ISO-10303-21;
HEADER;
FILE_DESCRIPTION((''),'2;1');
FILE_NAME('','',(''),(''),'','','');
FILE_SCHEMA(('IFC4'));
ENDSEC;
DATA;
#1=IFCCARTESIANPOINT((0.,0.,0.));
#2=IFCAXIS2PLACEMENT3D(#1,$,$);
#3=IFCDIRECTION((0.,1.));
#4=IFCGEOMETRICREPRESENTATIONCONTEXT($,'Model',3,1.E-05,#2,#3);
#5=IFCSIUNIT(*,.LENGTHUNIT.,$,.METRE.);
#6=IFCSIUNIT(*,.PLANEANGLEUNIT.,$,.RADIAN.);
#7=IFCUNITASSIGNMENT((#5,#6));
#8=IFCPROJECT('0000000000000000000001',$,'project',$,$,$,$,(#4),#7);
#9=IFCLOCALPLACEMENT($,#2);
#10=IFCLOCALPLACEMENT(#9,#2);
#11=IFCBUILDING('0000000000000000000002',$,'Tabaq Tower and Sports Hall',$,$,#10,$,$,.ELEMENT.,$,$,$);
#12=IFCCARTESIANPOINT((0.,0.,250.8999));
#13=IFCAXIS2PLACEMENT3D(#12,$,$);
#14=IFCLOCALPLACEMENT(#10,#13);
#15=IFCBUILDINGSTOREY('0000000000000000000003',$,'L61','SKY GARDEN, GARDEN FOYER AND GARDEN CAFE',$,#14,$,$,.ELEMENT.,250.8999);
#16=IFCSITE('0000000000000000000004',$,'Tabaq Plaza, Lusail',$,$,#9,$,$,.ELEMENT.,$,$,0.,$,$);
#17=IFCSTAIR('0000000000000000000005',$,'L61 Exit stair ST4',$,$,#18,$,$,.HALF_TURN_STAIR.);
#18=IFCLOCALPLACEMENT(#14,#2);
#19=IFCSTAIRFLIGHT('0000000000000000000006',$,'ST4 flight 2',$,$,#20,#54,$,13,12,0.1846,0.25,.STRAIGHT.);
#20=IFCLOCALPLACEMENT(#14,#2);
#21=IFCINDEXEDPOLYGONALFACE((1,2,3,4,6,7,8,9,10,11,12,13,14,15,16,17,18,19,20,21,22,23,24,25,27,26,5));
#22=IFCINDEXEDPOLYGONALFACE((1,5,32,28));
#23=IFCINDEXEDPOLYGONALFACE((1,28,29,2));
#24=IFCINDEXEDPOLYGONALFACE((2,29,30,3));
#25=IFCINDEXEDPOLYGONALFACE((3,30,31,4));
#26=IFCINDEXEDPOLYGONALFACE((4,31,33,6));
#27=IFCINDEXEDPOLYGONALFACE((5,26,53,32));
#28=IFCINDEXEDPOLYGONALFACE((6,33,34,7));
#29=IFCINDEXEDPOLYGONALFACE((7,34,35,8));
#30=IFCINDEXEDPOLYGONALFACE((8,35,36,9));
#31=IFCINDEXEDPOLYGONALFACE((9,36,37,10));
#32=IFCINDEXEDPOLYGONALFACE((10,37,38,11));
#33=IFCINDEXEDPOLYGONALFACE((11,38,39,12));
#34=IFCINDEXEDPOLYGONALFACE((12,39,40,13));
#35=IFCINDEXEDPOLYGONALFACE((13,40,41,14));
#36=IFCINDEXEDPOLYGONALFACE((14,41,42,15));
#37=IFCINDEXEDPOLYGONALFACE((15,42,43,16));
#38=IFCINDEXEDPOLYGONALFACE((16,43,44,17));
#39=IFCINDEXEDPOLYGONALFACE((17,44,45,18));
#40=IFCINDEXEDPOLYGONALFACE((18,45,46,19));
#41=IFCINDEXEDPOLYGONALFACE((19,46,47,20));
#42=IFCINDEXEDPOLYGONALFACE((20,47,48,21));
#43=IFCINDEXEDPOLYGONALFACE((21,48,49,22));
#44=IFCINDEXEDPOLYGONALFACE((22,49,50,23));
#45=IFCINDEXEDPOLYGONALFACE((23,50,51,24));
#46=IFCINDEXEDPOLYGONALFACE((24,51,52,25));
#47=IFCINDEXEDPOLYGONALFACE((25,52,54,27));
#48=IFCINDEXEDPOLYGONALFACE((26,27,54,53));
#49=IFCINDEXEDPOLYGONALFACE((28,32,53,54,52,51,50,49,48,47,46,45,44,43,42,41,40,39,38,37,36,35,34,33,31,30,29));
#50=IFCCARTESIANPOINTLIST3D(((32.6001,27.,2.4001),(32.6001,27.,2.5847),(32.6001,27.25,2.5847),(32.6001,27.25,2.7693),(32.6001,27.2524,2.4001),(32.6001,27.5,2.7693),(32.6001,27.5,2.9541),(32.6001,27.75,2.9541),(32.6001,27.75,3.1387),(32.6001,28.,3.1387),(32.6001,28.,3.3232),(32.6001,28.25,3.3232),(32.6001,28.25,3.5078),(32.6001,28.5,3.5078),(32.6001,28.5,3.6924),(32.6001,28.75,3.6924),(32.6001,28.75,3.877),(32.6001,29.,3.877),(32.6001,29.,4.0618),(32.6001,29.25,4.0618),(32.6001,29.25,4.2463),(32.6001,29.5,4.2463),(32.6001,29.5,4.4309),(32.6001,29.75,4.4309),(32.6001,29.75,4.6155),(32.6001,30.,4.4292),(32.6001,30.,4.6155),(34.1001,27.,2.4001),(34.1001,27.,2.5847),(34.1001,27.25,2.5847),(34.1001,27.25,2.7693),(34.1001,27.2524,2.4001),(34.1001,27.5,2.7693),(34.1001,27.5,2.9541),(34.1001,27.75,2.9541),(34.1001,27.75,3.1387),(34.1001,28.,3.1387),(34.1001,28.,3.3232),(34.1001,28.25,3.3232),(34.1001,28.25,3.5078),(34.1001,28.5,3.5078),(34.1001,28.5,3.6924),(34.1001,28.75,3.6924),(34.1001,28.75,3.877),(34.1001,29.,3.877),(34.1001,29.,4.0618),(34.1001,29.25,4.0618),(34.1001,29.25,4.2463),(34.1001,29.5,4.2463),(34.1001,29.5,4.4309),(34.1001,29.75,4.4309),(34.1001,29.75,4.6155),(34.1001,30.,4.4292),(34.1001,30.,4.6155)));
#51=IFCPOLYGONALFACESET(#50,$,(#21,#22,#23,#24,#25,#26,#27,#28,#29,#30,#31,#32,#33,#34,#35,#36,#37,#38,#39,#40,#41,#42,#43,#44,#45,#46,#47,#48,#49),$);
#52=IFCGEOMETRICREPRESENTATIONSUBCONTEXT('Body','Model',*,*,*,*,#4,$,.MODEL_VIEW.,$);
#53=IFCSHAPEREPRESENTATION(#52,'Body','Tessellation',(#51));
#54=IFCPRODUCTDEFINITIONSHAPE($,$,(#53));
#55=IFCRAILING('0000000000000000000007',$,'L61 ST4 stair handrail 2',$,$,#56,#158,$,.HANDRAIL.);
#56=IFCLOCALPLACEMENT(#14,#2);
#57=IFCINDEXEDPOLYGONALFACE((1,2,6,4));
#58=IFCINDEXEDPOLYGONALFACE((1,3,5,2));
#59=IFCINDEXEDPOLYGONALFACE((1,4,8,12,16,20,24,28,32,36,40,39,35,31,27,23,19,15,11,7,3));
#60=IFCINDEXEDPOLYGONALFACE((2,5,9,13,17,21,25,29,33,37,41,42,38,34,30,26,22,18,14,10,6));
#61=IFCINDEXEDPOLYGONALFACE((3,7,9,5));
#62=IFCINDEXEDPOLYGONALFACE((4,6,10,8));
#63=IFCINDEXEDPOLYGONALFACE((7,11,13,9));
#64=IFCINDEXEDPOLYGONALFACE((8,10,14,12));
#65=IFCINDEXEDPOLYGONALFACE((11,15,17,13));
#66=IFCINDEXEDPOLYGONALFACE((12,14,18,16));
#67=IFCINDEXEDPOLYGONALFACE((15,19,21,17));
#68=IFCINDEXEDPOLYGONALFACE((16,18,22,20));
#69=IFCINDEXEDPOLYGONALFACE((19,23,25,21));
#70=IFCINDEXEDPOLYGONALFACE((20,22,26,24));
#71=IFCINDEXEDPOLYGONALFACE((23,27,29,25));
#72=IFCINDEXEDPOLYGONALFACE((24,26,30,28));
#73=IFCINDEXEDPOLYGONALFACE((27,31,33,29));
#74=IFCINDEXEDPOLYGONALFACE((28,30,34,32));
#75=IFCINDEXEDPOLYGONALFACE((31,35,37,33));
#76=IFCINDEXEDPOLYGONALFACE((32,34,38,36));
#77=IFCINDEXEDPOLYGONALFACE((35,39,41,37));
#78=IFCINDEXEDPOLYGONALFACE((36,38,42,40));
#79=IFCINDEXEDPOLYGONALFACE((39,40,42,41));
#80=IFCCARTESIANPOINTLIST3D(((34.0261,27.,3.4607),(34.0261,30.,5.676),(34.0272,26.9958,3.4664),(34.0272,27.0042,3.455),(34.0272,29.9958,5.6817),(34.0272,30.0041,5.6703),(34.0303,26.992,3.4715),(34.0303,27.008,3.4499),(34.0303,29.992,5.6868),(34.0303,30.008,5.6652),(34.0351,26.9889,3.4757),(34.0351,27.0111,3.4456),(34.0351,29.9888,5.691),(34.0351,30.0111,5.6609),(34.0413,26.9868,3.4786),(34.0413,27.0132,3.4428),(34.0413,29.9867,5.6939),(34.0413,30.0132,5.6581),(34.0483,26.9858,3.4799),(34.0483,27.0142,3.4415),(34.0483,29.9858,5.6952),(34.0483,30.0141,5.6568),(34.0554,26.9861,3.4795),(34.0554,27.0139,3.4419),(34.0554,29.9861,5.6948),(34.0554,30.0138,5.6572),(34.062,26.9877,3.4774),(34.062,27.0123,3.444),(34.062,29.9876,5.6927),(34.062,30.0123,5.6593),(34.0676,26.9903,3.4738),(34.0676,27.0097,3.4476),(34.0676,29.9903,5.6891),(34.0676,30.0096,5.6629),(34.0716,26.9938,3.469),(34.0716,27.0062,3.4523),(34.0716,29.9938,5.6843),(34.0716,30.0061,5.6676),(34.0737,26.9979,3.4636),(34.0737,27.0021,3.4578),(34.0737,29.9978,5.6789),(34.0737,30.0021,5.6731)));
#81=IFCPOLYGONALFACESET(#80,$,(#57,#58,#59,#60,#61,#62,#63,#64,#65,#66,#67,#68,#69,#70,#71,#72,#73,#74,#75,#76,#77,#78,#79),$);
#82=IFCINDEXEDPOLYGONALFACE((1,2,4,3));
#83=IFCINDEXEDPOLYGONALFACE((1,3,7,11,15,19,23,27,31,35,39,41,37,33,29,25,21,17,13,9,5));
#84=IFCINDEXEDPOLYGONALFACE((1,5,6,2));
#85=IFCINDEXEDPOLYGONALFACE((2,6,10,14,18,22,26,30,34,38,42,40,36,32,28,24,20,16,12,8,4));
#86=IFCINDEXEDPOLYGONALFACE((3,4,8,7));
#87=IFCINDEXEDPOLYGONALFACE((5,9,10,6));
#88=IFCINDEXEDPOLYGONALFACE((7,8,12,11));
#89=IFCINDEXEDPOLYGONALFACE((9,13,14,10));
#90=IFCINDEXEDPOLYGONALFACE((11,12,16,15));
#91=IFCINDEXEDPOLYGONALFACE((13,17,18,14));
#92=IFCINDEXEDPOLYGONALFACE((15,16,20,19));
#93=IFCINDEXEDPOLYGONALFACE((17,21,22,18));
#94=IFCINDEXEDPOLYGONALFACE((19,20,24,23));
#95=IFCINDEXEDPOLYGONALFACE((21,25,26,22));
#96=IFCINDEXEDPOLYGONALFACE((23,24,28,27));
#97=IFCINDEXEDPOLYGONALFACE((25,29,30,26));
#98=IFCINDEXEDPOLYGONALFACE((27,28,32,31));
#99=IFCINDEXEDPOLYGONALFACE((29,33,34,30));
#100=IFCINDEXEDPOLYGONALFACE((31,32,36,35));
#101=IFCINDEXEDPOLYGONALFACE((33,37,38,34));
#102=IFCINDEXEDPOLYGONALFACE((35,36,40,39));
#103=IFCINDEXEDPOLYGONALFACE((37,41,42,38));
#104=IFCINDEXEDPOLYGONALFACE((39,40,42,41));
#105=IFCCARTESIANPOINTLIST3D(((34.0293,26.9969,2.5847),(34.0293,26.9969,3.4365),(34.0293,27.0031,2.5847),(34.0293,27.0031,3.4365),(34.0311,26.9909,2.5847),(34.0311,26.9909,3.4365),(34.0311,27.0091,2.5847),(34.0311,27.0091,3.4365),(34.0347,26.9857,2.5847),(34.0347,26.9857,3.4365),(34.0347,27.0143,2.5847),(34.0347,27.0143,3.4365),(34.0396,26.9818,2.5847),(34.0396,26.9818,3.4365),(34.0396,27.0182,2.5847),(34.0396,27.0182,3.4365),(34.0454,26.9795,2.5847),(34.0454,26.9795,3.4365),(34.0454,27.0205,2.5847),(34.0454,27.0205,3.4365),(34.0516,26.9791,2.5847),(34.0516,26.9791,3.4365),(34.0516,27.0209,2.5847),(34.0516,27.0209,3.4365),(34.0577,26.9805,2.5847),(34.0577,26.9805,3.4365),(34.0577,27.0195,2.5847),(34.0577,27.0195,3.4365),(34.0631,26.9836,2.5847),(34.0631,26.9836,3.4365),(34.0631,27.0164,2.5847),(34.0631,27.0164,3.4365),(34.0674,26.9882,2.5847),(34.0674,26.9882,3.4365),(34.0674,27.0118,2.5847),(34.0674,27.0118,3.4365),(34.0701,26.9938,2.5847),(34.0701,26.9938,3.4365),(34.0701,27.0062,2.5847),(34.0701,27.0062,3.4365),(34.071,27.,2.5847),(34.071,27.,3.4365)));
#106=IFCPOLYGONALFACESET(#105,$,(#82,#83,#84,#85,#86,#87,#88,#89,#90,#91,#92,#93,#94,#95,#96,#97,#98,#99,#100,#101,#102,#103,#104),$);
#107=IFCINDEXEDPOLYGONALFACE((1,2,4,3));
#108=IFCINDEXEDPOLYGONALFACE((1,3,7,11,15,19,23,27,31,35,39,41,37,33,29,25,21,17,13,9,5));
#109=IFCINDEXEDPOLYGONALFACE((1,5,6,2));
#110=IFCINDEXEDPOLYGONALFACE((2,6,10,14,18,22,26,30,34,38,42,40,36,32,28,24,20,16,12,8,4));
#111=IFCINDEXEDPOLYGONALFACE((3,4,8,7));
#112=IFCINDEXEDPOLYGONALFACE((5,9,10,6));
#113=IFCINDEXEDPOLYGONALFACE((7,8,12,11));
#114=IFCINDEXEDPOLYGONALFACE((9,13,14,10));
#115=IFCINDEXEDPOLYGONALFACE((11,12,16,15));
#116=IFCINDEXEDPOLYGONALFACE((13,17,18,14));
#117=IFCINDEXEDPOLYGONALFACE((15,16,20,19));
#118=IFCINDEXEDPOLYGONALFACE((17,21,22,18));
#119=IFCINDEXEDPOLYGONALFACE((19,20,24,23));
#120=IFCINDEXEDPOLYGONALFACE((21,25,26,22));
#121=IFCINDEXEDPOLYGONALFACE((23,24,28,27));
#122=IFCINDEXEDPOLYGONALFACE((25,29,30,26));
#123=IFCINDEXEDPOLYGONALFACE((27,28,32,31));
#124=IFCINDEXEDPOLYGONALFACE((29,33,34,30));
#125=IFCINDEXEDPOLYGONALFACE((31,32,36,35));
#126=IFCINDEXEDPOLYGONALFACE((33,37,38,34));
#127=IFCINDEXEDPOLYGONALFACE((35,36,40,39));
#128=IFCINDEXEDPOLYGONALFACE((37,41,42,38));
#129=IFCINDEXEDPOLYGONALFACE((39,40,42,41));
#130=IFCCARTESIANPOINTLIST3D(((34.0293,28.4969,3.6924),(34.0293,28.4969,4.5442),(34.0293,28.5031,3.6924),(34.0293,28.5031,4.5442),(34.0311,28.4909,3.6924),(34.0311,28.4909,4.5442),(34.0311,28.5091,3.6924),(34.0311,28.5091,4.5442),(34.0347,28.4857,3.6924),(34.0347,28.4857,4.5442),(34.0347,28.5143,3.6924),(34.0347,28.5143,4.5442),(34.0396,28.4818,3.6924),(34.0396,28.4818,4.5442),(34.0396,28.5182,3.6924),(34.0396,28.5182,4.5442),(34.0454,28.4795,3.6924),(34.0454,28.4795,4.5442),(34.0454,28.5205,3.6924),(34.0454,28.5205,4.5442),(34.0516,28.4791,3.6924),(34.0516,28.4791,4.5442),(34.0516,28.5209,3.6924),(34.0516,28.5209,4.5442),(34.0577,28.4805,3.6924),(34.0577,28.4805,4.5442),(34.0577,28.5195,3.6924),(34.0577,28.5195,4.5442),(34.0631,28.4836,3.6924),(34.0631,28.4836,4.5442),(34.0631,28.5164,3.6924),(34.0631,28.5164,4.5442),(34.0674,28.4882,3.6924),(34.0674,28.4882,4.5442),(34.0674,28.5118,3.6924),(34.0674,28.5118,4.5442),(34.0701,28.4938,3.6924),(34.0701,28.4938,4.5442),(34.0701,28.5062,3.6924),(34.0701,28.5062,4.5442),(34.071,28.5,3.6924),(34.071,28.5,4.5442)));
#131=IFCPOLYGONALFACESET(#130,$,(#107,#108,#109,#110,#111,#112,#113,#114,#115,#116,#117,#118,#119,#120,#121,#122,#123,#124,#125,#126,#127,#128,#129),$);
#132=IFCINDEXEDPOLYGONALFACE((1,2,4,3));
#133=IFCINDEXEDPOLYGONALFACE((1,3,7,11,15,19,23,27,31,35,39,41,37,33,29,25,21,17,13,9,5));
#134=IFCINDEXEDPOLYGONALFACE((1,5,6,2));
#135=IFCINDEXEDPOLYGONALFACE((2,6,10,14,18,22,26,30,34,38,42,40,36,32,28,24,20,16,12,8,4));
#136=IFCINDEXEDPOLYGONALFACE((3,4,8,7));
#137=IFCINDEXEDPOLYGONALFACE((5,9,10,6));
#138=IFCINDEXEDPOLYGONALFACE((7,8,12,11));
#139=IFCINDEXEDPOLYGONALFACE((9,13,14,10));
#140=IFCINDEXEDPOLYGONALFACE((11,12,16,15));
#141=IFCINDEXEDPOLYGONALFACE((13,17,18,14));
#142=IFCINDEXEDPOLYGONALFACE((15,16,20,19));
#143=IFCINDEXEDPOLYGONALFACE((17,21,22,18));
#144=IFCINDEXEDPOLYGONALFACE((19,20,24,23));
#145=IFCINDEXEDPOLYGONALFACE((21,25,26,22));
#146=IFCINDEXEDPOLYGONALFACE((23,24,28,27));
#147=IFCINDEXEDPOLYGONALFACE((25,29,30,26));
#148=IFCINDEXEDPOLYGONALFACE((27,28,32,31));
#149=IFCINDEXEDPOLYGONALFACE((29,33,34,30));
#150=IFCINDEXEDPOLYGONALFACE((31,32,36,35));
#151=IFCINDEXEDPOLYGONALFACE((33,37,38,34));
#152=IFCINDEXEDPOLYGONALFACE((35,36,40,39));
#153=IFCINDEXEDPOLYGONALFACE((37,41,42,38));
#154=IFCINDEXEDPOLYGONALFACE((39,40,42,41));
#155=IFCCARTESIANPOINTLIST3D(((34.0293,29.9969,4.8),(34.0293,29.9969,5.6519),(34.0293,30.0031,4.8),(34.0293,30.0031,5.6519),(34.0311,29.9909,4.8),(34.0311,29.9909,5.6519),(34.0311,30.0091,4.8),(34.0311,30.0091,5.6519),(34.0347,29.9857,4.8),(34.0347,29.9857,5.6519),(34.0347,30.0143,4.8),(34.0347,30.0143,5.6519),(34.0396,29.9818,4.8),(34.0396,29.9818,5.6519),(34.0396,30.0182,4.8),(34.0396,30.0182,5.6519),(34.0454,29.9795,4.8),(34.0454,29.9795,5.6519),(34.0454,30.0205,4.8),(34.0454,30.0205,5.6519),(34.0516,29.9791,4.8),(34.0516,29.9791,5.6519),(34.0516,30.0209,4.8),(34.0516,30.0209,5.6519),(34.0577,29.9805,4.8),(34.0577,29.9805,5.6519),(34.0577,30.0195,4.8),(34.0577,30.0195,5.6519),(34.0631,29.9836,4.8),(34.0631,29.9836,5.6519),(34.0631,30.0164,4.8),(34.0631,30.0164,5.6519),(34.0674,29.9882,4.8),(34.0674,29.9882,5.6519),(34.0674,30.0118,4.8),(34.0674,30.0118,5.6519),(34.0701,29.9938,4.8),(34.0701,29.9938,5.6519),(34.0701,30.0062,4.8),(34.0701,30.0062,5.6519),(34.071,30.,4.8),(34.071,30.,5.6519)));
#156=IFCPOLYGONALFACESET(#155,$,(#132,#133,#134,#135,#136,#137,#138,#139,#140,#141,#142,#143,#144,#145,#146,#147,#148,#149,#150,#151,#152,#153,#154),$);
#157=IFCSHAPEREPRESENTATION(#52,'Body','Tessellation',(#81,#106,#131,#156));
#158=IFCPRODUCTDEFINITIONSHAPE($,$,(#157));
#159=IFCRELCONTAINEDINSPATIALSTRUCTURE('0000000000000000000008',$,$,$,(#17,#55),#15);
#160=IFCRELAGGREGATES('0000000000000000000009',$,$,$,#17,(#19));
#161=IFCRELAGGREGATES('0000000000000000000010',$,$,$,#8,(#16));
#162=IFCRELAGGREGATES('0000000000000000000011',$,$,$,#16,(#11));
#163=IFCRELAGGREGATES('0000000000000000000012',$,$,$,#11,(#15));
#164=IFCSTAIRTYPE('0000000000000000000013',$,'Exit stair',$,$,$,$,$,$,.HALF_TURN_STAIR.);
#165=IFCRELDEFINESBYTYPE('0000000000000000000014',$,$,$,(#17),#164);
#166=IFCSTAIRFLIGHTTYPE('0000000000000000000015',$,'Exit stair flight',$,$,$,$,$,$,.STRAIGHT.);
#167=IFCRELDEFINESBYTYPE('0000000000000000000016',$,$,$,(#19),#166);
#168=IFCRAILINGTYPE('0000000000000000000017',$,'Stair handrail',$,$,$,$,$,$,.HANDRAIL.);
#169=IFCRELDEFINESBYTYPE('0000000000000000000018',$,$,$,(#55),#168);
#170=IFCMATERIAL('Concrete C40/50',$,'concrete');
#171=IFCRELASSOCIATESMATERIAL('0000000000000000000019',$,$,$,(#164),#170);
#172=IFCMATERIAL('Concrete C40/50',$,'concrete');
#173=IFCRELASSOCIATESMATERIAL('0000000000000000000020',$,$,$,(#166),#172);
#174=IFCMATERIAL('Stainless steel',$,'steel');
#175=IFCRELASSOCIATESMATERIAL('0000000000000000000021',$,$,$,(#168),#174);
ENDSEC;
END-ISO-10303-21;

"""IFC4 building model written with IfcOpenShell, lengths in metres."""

from ifc_helpers import new_model, si_unit, direction, frame, origin, origin_2d, place, context, subcontext, project, spatial, polyline, circle, outline, extrude, material, type_object, element, aggregate, save


model = new_model("IFC4")

# Units and contexts
model_context = context("Model", 3, precision=1e-05, world=origin(), true_north=direction((0.0, 1.0)))
body_context = subcontext(model_context, "Body", "Model", "MODEL_VIEW")
ifc_project = project(units=[si_unit("LENGTHUNIT", "METRE"), si_unit("PLANEANGLEUNIT", "RADIAN")], contexts=[model_context])

# Site, building, storey
site_placement = place(None, origin())
site = spatial("IfcSite", under=ifc_project, at=site_placement, Name="Tabaq Plaza, Lusail", CompositionType="ELEMENT", RefElevation=0.0)
building_placement = place(site_placement, origin())
building = spatial("IfcBuilding", under=site, at=building_placement, Name="Tabaq Tower and Sports Hall", CompositionType="ELEMENT")
storey_placement = place(building_placement, frame((0.0, 0.0, 250.8999)))
storey = spatial("IfcBuildingStorey", under=building, at=storey_placement, Name="L61", Description="SKY GARDEN, GARDEN FOYER AND GARDEN CAFE", CompositionType="ELEMENT", Elevation=250.8999)

# Stair, stair flight
ifc_material_1 = material(Name="Concrete C40/50", Category="concrete")
stair_type = type_object("IfcStairType", Name="Exit stair", PredefinedType="HALF_TURN_STAIR", material=ifc_material_1)
stair_placement = place(storey_placement, origin())
stair = element("IfcStair", 1, at=stair_placement, inside=storey, type_object=stair_type, Name="L61 Exit stair ST4", PredefinedType="HALF_TURN_STAIR")
ifc_material_2 = material(Name="Concrete C40/50", Category="concrete")
stair_flight_type = type_object("IfcStairFlightType", Name="Exit stair flight", PredefinedType="STRAIGHT", material=ifc_material_2)
stair_flight_placement = place(storey_placement, frame((33.3501, 27.0, 2.4001), z_axis=(0.0, 0.0, 1.0), x_axis=(0.0, 1.0, 0.0)))
stair_flight = element("IfcStairFlight", 2, at=stair_flight_placement, type_object=stair_flight_type, Name="ST4 flight 2", NumberOfRisers=13, NumberOfTreads=12, PredefinedType="STRAIGHT", RiserHeight=0.1846, TreadLength=0.25, context=body_context, shape_type="SweptSolid", body=[
    extrude(outline(polyline([(0.0, 0.0), (0.0, 0.1846), (0.25, 0.1846), (0.25, 0.3691), (0.5, 0.3691), (0.5, 0.554), (0.75, 0.554), (0.75, 0.7385), (1.0, 0.7385), (1.0, 0.9231), (1.25, 0.9231), (1.25, 1.1077), (1.5, 1.1077), (1.5, 1.2922), (1.75, 1.2922), (1.75, 1.4768), (2.0, 1.4768), (2.0, 1.6616), (2.25, 1.6616), (2.25, 1.8462), (2.5, 1.8462), (2.5, 2.0308), (2.75, 2.0308), (2.75, 2.2153), (3.0, 2.2153), (3.0, 2.3999), (3.0, 2.0291), (0.2524, 0.0), (0.0, 0.0)])), frame((0.0, 0.75, 0.0), z_axis=(0.0, -1.0, 0.0), x_axis=(1.0, 0.0, 0.0)), (0.0, 0.0, 1.0), 1.5),
])
aggregate(stair, [stair_flight])

# Railing
ifc_material_3 = material(Name="Stainless steel", Category="steel")
railing_type = type_object("IfcRailingType", Name="Stair handrail", PredefinedType="HANDRAIL", material=ifc_material_3)
railing_placement = place(storey_placement, frame((34.05, 27.0, 2.5847)))
element("IfcRailing", 3, at=railing_placement, inside=storey, type_object=railing_type, Name="L61 ST4 stair handrail 2", PredefinedType="HANDRAIL", context=body_context, shape_type="SweptSolid", body=[
    extrude(circle(Radius=0.0239, at=origin_2d()), frame((0.0, 0.0, 0.876), z_axis=(0.0, 0.80444, 0.594034), x_axis=(-1.0, 0.0, 0.0)), (0.0, 0.0, 1.0), 3.7292),
    extrude(circle(Radius=0.021, at=origin_2d()), origin(), (0.0, 0.0, 1.0), 0.8518),
    extrude(circle(Radius=0.021, at=origin_2d()), frame((0.0, 1.5, 1.1077)), (0.0, 0.0, 1.0), 0.8518),
    extrude(circle(Radius=0.021, at=origin_2d()), frame((0.0, 3.0, 2.2153)), (0.0, 0.0, 1.0), 0.8518),
])

save(model, "model.ifc")
